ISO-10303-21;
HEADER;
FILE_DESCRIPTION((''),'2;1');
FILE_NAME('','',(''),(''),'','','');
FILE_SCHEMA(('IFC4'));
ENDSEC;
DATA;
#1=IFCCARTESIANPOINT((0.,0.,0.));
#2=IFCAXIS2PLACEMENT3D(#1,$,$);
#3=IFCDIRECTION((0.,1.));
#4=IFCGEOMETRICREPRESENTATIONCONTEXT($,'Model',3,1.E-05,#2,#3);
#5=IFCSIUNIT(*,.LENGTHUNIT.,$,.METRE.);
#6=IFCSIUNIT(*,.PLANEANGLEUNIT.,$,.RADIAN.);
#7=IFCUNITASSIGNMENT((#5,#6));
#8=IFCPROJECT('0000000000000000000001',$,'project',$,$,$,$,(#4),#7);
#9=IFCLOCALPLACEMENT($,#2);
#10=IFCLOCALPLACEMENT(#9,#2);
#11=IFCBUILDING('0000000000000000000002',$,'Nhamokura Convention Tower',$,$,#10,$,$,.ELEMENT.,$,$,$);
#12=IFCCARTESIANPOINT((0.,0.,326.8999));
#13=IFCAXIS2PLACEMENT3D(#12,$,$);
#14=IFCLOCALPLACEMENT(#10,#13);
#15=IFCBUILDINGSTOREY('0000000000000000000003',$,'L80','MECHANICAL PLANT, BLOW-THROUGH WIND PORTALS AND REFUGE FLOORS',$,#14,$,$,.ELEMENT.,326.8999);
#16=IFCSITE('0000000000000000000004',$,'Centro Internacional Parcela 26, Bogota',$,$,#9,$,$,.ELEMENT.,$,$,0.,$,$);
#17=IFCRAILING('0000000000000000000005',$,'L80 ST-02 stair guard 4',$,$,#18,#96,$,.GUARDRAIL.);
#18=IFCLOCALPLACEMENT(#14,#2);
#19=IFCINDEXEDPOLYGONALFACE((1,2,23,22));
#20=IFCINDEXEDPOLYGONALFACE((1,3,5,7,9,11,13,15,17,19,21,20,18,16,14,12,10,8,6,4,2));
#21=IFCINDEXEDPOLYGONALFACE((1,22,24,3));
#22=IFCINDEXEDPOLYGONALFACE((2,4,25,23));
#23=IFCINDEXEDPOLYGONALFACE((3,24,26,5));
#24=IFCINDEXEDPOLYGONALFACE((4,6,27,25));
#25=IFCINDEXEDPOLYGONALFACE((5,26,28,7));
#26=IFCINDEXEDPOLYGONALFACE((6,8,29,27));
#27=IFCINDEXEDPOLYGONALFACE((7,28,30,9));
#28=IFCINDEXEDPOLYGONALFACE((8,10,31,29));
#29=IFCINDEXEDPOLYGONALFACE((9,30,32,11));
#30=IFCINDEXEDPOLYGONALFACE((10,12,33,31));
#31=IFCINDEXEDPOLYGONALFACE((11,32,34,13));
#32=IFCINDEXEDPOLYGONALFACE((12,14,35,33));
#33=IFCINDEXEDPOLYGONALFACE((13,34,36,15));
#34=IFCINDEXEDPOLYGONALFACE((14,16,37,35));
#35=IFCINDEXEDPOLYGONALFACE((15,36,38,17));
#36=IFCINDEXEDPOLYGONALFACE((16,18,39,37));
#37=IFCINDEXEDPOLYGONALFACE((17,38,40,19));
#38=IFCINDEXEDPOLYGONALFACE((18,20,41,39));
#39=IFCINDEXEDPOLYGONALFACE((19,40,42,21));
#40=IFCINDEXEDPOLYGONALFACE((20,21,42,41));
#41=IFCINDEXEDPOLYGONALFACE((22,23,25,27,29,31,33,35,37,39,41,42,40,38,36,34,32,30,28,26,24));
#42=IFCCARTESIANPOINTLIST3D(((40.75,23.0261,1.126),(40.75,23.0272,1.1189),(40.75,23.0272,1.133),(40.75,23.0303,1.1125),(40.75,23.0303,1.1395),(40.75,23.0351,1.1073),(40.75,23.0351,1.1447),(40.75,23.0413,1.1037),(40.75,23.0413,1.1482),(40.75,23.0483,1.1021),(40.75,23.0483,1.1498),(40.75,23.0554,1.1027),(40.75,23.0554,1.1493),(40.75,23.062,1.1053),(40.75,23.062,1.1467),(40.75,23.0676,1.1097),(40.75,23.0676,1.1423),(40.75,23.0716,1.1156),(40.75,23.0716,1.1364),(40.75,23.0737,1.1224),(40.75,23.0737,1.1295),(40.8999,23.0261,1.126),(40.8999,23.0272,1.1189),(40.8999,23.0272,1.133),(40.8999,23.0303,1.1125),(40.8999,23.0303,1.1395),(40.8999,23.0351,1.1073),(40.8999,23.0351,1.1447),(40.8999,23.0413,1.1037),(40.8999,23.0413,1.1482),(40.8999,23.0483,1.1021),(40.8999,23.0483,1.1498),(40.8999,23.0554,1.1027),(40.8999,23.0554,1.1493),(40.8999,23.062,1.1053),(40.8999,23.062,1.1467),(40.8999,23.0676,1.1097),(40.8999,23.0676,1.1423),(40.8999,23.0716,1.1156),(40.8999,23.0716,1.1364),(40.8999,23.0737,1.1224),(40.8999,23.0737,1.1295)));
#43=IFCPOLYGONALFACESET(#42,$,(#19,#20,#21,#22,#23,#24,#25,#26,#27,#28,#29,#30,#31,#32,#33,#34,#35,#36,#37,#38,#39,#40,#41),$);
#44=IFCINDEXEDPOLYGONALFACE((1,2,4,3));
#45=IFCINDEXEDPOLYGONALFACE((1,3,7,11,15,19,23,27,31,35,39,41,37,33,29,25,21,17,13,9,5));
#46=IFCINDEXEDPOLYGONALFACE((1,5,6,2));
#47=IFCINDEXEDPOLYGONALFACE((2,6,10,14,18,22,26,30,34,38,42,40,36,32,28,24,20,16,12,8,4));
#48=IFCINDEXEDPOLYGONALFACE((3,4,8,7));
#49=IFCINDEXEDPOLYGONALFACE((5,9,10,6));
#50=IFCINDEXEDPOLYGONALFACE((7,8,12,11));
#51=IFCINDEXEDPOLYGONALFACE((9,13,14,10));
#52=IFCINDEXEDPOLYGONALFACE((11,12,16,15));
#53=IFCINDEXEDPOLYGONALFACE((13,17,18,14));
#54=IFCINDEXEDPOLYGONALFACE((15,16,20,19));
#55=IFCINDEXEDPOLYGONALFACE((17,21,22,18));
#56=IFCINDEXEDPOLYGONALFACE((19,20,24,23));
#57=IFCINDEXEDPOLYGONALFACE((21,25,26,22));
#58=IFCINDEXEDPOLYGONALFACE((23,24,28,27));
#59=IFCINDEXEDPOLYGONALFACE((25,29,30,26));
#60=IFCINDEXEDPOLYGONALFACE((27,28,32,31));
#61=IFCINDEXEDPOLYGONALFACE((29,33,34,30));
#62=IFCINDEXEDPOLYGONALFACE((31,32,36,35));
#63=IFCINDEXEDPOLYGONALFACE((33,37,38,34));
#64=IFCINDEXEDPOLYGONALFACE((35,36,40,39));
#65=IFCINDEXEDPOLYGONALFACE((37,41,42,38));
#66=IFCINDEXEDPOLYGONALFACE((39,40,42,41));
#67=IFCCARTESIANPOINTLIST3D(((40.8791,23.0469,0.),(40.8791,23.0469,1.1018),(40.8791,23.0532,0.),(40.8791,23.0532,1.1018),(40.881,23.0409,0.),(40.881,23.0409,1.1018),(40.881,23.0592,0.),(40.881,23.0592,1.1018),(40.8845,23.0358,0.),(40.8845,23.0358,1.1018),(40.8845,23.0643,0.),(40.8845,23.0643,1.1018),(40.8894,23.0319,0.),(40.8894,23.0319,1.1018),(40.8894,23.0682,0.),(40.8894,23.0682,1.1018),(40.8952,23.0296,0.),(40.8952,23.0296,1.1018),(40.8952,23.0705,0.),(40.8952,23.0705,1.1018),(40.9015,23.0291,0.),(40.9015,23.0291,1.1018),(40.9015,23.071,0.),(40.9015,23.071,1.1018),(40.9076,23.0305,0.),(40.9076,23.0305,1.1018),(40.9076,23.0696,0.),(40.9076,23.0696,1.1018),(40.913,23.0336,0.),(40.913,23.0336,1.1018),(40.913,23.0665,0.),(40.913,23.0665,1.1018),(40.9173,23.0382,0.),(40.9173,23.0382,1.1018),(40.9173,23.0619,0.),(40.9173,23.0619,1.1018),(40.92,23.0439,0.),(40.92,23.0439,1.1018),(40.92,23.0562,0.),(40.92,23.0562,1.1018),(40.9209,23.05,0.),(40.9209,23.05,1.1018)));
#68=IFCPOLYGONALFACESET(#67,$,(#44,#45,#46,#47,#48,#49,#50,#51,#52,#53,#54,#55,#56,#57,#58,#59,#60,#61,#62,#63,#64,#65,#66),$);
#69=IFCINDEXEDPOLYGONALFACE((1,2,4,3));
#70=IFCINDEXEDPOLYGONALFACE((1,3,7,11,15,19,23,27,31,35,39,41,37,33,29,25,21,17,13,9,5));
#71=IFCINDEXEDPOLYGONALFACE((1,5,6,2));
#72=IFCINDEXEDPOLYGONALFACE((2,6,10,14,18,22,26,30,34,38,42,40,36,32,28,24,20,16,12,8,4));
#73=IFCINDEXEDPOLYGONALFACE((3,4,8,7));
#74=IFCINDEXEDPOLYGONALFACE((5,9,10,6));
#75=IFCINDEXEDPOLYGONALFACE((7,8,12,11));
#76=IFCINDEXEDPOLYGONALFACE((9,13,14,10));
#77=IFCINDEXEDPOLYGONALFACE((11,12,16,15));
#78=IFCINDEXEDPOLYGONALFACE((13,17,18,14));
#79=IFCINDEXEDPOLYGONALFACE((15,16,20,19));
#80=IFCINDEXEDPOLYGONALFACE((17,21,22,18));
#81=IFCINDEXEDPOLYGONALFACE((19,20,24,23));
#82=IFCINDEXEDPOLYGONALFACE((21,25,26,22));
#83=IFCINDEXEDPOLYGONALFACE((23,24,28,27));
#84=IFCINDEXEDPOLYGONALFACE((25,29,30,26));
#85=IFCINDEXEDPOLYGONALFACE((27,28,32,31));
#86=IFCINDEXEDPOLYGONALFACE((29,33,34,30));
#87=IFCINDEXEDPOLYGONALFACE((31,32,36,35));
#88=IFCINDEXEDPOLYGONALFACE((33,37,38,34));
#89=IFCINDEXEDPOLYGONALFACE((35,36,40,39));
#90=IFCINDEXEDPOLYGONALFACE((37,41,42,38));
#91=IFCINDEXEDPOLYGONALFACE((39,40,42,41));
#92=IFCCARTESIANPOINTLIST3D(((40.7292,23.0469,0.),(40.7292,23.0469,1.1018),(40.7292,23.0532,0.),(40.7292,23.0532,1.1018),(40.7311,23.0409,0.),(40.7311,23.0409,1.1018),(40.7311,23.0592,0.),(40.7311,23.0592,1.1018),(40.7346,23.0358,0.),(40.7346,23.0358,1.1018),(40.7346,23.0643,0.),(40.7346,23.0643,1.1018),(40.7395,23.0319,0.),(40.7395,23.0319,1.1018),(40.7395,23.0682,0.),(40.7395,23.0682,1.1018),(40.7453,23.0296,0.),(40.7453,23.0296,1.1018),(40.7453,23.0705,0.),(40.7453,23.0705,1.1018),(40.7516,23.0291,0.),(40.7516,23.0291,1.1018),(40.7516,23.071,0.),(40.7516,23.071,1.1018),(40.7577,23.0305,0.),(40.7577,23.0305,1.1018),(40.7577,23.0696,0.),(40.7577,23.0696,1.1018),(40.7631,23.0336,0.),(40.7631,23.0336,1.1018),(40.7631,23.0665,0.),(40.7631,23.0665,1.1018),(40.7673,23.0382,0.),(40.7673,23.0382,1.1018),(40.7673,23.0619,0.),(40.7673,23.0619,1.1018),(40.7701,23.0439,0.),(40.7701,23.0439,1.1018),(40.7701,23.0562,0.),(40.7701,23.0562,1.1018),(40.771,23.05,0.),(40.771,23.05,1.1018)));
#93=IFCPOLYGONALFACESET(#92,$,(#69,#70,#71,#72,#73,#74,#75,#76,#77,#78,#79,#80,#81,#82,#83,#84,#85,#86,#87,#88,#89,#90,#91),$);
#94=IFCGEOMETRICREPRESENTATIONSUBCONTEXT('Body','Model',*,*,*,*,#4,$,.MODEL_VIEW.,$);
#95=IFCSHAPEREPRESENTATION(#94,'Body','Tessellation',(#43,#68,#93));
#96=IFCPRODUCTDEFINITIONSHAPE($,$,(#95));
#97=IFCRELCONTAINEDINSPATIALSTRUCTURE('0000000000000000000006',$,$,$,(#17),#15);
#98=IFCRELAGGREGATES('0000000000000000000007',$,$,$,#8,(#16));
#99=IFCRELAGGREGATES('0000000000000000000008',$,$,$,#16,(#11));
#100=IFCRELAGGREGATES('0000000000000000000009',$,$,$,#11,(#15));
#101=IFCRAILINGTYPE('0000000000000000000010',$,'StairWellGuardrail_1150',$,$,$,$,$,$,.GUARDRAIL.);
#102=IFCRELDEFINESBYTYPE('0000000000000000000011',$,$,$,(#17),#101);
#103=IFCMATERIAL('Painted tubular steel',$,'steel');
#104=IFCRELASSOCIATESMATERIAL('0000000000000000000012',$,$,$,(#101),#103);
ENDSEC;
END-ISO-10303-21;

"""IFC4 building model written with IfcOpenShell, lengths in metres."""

from ifc_helpers import new_model, si_unit, direction, frame, origin, origin_2d, place, context, subcontext, project, spatial, circle, extrude, material, type_object, element, save


model = new_model("IFC4")

# Units and contexts
model_context = context("Model", 3, precision=1e-05, world=origin(), true_north=direction((0.0, 1.0)))
body_context = subcontext(model_context, "Body", "Model", "MODEL_VIEW")
ifc_project = project(units=[si_unit("LENGTHUNIT", "METRE"), si_unit("PLANEANGLEUNIT", "RADIAN")], contexts=[model_context])

# Site, building, storey
site_placement = place(None, origin())
site = spatial("IfcSite", under=ifc_project, at=site_placement, Name="Centro Internacional Parcela 26, Bogota", CompositionType="ELEMENT", RefElevation=0.0)
building_placement = place(site_placement, origin())
building = spatial("IfcBuilding", under=site, at=building_placement, Name="Nhamokura Convention Tower", CompositionType="ELEMENT")
storey_placement = place(building_placement, frame((0.0, 0.0, 326.8999)))
storey = spatial("IfcBuildingStorey", under=building, at=storey_placement, Name="L80", Description="MECHANICAL PLANT, BLOW-THROUGH WIND PORTALS AND REFUGE FLOORS", CompositionType="ELEMENT", Elevation=326.8999)

# Railing
ifc_material_1 = material(Name="Painted tubular steel", Category="steel")
railing_type_1 = type_object("IfcRailingType", Name="StairWellGuardrail_1150", PredefinedType="GUARDRAIL", material=ifc_material_1)
railing_1_placement = place(storey_placement, frame((40.8999, 23.05, 0.0)))
element("IfcRailing", 1, at=railing_1_placement, inside=storey, type_object=railing_type_1, Name="L80 ST-02 stair guard 4", PredefinedType="GUARDRAIL", context=body_context, shape_type="SweptSolid", body=[
    extrude(circle(Radius=0.0239, at=origin_2d()), frame((0.0, 0.0, 1.126), z_axis=(-1.0, 0.0, 0.0), x_axis=(0.0, -1.0, 0.0)), (0.0, 0.0, 1.0), 0.1499),
    extrude(circle(Radius=0.021, at=origin_2d()), origin(), (0.0, 0.0, 1.0), 1.1018),
    extrude(circle(Radius=0.021, at=origin_2d()), frame((-0.1499, 0.0, 0.0)), (0.0, 0.0, 1.0), 1.1018),
])

save(model, "model.ifc")
